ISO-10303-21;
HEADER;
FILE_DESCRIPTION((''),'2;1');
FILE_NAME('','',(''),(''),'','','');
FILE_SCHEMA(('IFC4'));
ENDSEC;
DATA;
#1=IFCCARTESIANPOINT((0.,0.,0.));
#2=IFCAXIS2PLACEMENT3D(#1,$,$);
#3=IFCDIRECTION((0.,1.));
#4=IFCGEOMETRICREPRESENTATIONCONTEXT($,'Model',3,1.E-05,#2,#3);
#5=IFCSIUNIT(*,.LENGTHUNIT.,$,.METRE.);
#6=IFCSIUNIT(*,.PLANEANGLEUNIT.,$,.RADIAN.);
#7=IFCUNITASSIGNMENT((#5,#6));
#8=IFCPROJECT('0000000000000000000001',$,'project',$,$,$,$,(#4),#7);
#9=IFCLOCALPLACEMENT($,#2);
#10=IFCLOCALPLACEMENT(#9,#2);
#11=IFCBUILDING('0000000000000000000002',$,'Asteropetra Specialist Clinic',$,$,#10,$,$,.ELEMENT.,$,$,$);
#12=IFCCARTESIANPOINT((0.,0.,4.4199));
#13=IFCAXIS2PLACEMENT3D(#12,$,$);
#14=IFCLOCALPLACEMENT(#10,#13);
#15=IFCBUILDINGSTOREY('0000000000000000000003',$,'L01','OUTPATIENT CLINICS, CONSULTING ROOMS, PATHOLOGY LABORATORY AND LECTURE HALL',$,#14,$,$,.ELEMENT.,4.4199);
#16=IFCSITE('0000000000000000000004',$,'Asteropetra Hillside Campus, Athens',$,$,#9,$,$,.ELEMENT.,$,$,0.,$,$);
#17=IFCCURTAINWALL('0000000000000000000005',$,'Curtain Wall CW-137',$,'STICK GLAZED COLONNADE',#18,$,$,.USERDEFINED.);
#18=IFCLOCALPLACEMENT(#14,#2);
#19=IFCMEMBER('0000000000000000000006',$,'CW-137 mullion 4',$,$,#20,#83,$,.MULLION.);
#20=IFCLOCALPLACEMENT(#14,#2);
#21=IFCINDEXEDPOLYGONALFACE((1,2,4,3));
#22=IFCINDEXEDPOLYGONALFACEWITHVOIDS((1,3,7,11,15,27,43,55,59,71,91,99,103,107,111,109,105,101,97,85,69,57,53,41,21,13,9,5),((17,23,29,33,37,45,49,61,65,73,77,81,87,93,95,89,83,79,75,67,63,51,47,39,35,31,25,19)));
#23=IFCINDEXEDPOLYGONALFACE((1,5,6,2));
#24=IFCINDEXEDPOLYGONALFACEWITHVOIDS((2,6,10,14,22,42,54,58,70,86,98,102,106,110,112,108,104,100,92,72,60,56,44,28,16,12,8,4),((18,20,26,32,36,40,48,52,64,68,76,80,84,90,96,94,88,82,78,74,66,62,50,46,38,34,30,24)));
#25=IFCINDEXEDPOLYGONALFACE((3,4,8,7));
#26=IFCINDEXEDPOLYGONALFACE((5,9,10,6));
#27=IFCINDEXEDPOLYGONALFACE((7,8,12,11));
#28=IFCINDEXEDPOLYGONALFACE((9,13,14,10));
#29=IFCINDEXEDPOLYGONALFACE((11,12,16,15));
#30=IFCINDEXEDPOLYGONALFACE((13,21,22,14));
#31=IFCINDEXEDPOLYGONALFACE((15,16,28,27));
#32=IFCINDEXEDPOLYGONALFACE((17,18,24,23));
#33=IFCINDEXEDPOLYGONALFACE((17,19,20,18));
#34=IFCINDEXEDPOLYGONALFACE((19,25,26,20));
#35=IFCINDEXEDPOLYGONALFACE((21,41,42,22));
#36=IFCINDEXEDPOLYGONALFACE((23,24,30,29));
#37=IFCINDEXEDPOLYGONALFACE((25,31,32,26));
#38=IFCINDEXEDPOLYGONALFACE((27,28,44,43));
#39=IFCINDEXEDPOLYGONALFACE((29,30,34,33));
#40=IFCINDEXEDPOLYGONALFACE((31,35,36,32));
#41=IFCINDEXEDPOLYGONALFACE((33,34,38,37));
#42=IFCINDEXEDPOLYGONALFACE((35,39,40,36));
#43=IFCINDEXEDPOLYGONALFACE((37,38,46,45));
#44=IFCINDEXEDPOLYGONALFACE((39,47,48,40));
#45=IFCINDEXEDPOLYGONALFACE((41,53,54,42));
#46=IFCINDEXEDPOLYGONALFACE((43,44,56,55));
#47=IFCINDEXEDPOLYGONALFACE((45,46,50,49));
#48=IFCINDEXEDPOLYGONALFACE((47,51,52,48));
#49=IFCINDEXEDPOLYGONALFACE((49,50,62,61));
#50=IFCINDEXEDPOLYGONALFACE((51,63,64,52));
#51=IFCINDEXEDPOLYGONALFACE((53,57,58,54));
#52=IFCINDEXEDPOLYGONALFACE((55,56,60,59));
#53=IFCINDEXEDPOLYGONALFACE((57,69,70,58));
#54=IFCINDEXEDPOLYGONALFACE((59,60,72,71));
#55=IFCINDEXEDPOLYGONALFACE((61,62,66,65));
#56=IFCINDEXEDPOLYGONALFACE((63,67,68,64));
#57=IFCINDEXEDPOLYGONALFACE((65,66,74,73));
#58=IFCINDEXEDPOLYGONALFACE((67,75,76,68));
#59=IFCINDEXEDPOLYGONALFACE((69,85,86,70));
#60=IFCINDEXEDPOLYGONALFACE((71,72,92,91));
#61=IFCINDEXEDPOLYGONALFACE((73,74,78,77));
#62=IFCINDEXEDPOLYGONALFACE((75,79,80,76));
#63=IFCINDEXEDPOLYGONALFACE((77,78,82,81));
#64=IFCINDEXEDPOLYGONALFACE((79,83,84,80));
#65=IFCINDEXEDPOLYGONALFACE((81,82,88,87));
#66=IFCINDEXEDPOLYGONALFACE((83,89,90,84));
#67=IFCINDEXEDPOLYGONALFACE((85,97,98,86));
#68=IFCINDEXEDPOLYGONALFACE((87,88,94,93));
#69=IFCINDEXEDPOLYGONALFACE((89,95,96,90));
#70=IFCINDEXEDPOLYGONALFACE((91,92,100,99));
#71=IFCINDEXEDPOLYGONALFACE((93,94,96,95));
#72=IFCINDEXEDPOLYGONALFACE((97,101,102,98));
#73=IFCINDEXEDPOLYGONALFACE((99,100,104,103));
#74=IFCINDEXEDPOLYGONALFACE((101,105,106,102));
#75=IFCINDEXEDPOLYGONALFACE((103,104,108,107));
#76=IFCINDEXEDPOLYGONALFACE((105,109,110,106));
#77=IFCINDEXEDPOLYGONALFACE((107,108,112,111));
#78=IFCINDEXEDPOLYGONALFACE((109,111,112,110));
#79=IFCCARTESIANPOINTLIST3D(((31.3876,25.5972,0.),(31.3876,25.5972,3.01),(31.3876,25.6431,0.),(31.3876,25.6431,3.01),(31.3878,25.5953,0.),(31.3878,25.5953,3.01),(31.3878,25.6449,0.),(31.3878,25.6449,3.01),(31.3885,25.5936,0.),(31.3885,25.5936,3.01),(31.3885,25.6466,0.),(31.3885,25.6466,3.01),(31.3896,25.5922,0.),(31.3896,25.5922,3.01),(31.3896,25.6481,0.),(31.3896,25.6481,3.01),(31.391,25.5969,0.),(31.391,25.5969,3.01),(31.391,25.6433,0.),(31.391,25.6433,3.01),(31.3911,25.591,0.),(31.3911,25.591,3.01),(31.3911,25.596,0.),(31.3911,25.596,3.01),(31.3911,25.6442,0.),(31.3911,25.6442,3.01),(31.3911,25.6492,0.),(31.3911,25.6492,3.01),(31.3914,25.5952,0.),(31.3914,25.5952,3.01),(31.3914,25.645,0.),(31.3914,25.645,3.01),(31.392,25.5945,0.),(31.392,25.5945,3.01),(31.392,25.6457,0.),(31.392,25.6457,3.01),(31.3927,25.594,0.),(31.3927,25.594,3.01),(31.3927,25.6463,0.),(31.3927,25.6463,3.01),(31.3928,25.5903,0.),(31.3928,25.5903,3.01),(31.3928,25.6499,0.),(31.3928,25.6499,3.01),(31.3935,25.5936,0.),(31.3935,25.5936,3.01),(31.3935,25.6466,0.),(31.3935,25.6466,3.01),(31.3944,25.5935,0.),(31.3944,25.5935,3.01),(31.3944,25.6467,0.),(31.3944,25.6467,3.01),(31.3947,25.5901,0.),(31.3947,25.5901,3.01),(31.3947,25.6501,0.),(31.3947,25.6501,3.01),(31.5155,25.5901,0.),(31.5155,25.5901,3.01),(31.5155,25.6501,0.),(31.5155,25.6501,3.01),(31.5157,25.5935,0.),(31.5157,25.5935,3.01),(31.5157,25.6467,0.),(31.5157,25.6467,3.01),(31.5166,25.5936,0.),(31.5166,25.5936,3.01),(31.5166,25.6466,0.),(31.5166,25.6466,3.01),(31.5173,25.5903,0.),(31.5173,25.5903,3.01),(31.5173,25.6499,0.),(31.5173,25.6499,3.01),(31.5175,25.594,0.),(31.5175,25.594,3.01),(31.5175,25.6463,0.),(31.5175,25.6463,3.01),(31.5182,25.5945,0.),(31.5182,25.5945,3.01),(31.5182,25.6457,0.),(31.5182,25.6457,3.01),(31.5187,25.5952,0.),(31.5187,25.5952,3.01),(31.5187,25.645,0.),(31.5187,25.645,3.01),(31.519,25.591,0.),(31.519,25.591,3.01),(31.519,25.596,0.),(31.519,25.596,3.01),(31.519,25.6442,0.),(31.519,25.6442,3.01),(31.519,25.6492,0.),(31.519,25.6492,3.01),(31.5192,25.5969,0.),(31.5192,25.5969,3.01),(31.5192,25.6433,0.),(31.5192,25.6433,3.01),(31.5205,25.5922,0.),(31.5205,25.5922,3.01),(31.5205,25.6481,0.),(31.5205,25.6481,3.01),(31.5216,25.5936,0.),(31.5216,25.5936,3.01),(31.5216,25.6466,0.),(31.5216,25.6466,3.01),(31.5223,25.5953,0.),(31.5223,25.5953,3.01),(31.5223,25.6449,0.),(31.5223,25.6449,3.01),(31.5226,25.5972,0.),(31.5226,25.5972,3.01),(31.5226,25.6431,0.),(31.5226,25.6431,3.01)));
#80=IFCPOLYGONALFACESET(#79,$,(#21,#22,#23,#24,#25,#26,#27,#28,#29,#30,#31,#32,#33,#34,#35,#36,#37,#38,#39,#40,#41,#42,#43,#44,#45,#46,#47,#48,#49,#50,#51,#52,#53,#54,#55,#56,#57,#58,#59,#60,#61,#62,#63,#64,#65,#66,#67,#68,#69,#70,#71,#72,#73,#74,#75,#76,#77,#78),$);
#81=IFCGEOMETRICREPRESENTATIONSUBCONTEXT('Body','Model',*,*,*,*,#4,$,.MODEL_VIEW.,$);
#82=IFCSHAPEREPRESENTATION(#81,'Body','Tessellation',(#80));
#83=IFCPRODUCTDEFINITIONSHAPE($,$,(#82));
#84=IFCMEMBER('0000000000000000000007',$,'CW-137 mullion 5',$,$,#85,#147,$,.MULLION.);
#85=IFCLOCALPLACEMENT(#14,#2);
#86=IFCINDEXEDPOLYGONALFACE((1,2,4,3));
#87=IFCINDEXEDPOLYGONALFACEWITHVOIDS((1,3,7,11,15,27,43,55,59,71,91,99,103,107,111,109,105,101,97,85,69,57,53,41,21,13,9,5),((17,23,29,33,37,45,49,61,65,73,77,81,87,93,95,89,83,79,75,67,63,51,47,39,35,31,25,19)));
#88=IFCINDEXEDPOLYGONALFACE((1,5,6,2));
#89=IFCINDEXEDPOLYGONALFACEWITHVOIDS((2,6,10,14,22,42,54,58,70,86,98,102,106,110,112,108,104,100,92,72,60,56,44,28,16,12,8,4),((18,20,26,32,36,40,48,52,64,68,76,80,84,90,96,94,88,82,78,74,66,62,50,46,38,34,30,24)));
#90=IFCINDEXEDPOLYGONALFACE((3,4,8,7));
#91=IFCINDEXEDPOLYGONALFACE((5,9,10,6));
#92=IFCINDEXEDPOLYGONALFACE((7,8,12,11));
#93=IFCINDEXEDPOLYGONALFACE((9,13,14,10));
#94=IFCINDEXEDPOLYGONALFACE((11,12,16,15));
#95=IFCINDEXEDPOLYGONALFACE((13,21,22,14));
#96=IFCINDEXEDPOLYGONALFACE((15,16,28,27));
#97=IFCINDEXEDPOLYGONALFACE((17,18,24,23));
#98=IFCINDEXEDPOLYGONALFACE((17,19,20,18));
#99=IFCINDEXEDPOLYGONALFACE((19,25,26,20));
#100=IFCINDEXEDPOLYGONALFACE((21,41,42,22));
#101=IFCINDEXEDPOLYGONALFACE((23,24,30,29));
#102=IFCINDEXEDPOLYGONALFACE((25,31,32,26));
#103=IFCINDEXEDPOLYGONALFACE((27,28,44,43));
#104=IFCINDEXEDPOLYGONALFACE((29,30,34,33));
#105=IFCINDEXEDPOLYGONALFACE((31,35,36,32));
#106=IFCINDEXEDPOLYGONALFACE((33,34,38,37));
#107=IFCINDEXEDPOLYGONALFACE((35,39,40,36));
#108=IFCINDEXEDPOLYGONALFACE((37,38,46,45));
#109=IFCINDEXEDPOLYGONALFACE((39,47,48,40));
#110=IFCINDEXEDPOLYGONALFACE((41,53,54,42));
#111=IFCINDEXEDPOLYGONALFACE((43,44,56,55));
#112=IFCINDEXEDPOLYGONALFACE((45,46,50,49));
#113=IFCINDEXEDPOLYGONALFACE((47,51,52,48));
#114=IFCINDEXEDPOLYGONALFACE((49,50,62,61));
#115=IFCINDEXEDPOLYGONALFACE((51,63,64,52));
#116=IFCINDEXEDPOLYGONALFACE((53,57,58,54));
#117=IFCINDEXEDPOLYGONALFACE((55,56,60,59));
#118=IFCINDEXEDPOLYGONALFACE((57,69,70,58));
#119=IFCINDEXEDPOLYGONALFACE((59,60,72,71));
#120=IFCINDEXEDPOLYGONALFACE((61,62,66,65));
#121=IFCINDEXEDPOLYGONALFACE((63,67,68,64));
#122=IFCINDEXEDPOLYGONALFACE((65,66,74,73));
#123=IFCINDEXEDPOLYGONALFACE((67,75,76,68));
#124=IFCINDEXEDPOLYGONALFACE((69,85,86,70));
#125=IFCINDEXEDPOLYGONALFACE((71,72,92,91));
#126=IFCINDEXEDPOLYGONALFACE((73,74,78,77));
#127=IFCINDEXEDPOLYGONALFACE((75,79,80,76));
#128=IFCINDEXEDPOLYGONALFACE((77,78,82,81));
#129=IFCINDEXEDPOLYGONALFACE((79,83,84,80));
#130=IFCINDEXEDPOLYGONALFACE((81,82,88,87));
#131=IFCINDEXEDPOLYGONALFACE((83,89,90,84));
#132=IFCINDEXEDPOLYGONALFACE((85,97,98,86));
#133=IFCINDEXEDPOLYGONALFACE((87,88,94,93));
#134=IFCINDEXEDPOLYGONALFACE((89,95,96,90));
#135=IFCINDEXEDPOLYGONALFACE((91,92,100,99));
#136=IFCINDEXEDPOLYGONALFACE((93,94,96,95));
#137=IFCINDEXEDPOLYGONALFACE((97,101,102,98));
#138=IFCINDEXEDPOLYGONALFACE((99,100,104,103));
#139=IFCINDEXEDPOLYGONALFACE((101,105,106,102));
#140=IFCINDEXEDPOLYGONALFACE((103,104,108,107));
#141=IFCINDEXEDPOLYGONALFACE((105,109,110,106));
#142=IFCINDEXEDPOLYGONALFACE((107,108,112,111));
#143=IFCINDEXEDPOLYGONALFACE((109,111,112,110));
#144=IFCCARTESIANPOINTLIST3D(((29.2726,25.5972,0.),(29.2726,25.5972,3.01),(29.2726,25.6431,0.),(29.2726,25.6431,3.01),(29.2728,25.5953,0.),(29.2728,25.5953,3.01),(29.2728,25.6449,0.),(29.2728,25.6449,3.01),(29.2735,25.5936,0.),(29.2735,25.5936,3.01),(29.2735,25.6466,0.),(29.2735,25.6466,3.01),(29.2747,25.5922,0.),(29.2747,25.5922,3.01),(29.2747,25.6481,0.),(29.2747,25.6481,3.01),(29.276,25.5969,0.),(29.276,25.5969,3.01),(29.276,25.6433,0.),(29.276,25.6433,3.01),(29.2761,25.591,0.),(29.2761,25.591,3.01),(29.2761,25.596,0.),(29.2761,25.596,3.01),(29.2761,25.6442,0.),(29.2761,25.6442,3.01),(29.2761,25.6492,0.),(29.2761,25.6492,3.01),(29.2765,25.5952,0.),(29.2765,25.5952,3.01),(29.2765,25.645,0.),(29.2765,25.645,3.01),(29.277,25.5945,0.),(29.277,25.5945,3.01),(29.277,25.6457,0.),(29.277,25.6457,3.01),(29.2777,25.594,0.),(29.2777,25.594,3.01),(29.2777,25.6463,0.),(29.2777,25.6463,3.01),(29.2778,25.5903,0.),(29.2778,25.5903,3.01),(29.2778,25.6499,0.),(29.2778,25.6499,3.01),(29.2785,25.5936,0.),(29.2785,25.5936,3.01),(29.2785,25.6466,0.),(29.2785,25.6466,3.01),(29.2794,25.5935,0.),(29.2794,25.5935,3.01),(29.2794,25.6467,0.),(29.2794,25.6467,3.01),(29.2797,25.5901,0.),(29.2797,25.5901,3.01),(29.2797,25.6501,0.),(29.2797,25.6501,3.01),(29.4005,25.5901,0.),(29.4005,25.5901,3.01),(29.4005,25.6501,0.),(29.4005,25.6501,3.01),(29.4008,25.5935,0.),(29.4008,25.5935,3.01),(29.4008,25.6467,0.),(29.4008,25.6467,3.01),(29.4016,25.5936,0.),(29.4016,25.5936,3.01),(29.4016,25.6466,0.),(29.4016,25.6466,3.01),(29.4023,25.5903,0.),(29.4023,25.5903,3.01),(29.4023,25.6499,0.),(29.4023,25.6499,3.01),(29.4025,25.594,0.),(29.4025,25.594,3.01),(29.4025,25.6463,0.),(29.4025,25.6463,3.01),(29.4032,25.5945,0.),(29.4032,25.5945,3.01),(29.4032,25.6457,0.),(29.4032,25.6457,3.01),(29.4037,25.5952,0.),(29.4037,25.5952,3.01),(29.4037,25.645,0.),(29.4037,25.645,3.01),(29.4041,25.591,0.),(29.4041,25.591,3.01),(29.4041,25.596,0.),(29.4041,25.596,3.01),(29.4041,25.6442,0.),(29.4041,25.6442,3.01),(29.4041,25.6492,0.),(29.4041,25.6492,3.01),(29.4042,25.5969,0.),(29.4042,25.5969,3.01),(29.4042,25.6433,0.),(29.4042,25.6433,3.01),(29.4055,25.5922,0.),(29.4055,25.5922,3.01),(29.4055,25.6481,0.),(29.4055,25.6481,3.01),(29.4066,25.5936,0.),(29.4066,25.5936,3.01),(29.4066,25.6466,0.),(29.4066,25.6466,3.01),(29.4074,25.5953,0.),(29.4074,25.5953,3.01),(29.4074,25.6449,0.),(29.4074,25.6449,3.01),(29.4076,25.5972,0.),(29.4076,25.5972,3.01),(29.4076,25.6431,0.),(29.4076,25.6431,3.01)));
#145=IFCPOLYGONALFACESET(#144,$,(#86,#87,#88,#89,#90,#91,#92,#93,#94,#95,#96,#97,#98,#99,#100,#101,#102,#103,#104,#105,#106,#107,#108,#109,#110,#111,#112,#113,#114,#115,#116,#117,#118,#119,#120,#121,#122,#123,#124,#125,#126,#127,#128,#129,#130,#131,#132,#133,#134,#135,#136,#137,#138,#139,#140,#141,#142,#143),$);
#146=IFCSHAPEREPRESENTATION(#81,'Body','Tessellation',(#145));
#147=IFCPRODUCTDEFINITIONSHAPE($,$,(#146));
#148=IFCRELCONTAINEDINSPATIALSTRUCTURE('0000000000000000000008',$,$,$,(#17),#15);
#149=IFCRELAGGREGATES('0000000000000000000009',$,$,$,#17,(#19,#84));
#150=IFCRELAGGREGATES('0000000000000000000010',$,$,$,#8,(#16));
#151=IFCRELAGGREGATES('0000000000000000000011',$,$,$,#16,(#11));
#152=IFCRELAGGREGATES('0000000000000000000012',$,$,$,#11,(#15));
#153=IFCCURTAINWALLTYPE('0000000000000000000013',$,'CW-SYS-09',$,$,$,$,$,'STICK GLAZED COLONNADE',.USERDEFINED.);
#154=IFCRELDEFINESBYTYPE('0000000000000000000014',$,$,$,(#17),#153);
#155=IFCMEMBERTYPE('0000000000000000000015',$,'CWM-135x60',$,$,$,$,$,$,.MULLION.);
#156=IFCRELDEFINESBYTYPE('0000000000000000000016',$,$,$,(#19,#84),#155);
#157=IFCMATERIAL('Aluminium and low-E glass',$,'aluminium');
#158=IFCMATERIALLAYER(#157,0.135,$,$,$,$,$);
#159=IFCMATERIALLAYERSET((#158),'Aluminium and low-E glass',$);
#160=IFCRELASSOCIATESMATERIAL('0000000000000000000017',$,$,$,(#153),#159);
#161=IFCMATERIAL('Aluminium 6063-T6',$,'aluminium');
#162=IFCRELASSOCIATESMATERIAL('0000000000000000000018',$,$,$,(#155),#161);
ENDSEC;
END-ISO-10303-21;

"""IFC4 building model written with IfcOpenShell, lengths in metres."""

from ifc_helpers import new_model, si_unit, direction, frame, origin, origin_2d, place, context, subcontext, project, spatial, hollow_rectangle, extrude, material, layer, layer_set, material_profile, profile_set, type_object, element, aggregate, save


model = new_model("IFC4")

# Units and contexts
model_context = context("Model", 3, precision=1e-05, world=origin(), true_north=direction((0.0, 1.0)))
body_context = subcontext(model_context, "Body", "Model", "MODEL_VIEW")
ifc_project = project(units=[si_unit("LENGTHUNIT", "METRE"), si_unit("PLANEANGLEUNIT", "RADIAN")], contexts=[model_context])

# Site, building, storey
site_placement = place(None, origin())
site = spatial("IfcSite", under=ifc_project, at=site_placement, Name="Asteropetra Hillside Campus, Athens", CompositionType="ELEMENT", RefElevation=0.0)
building_placement = place(site_placement, origin())
building = spatial("IfcBuilding", under=site, at=building_placement, Name="Asteropetra Specialist Clinic", CompositionType="ELEMENT")
storey_placement = place(building_placement, frame((0.0, 0.0, 4.4199)))
storey = spatial("IfcBuildingStorey", under=building, at=storey_placement, Name="L01", Description="OUTPATIENT CLINICS, CONSULTING ROOMS, PATHOLOGY LABORATORY AND LECTURE HALL", CompositionType="ELEMENT", Elevation=4.4199)

# Curtain wall, members
ifc_material_1 = material(Name="Aluminium and low-E glass", Category="aluminium")
ifc_layer_1 = layer(ifc_material_1, 0.135)
ifc_layer_set_1 = layer_set([ifc_layer_1], Name="Aluminium and low-E glass")
curtain_wall_type = type_object("IfcCurtainWallType", Name="CW-SYS-09", ElementType="STICK GLAZED COLONNADE", PredefinedType="USERDEFINED", material=ifc_layer_set_1)
curtain_wall_placement = place(storey_placement, origin())
curtain_wall = element("IfcCurtainWall", 1, at=curtain_wall_placement, inside=storey, type_object=curtain_wall_type, Name="Curtain Wall CW-137", ObjectType="STICK GLAZED COLONNADE", PredefinedType="USERDEFINED")
ifc_material_2 = material(Name="Aluminium 6063-T6", Category="aluminium")
ifc_material_profile_1 = material_profile(ifc_material_2, hollow_rectangle(XDim=0.0601, YDim=0.135, WallThickness=0.0034, InnerFilletRadius=0.0034, OuterFilletRadius=0.0071, at=origin_2d()), Name="MUL 135x60x3.5")
ifc_profile_set_1 = profile_set([ifc_material_profile_1], Name="Aluminium 6063-T6")
member_type_1 = type_object("IfcMemberType", Name="CWM-135x60", PredefinedType="MULLION", material=ifc_profile_set_1)
member_1_placement = place(storey_placement, frame((31.4551, 25.6201, 0.0), z_axis=(0.0, 0.0, 1.0), x_axis=(0.0, -1.0, 0.0)))
member_1 = element("IfcMember", 2, at=member_1_placement, type_object=member_type_1, Name="CW-137 mullion 4", PredefinedType="MULLION", context=body_context, shape_type="SweptSolid", body=[
    extrude(hollow_rectangle(XDim=0.0601, YDim=0.135, WallThickness=0.0034, InnerFilletRadius=0.0034, OuterFilletRadius=0.0071, at=origin_2d()), origin(), (0.0, 0.0, 1.0), 3.01),
])
member_2_placement = place(storey_placement, frame((29.3401, 25.6201, 0.0), z_axis=(0.0, 0.0, 1.0), x_axis=(0.0, -1.0, 0.0)))
member_2 = element("IfcMember", 3, at=member_2_placement, type_object=member_type_1, Name="CW-137 mullion 5", PredefinedType="MULLION", context=body_context, shape_type="SweptSolid", body=[
    extrude(hollow_rectangle(XDim=0.0601, YDim=0.135, WallThickness=0.0034, InnerFilletRadius=0.0034, OuterFilletRadius=0.0071, at=origin_2d()), origin(), (0.0, 0.0, 1.0), 3.01),
])
aggregate(curtain_wall, [member_1, member_2])

save(model, "model.ifc")
